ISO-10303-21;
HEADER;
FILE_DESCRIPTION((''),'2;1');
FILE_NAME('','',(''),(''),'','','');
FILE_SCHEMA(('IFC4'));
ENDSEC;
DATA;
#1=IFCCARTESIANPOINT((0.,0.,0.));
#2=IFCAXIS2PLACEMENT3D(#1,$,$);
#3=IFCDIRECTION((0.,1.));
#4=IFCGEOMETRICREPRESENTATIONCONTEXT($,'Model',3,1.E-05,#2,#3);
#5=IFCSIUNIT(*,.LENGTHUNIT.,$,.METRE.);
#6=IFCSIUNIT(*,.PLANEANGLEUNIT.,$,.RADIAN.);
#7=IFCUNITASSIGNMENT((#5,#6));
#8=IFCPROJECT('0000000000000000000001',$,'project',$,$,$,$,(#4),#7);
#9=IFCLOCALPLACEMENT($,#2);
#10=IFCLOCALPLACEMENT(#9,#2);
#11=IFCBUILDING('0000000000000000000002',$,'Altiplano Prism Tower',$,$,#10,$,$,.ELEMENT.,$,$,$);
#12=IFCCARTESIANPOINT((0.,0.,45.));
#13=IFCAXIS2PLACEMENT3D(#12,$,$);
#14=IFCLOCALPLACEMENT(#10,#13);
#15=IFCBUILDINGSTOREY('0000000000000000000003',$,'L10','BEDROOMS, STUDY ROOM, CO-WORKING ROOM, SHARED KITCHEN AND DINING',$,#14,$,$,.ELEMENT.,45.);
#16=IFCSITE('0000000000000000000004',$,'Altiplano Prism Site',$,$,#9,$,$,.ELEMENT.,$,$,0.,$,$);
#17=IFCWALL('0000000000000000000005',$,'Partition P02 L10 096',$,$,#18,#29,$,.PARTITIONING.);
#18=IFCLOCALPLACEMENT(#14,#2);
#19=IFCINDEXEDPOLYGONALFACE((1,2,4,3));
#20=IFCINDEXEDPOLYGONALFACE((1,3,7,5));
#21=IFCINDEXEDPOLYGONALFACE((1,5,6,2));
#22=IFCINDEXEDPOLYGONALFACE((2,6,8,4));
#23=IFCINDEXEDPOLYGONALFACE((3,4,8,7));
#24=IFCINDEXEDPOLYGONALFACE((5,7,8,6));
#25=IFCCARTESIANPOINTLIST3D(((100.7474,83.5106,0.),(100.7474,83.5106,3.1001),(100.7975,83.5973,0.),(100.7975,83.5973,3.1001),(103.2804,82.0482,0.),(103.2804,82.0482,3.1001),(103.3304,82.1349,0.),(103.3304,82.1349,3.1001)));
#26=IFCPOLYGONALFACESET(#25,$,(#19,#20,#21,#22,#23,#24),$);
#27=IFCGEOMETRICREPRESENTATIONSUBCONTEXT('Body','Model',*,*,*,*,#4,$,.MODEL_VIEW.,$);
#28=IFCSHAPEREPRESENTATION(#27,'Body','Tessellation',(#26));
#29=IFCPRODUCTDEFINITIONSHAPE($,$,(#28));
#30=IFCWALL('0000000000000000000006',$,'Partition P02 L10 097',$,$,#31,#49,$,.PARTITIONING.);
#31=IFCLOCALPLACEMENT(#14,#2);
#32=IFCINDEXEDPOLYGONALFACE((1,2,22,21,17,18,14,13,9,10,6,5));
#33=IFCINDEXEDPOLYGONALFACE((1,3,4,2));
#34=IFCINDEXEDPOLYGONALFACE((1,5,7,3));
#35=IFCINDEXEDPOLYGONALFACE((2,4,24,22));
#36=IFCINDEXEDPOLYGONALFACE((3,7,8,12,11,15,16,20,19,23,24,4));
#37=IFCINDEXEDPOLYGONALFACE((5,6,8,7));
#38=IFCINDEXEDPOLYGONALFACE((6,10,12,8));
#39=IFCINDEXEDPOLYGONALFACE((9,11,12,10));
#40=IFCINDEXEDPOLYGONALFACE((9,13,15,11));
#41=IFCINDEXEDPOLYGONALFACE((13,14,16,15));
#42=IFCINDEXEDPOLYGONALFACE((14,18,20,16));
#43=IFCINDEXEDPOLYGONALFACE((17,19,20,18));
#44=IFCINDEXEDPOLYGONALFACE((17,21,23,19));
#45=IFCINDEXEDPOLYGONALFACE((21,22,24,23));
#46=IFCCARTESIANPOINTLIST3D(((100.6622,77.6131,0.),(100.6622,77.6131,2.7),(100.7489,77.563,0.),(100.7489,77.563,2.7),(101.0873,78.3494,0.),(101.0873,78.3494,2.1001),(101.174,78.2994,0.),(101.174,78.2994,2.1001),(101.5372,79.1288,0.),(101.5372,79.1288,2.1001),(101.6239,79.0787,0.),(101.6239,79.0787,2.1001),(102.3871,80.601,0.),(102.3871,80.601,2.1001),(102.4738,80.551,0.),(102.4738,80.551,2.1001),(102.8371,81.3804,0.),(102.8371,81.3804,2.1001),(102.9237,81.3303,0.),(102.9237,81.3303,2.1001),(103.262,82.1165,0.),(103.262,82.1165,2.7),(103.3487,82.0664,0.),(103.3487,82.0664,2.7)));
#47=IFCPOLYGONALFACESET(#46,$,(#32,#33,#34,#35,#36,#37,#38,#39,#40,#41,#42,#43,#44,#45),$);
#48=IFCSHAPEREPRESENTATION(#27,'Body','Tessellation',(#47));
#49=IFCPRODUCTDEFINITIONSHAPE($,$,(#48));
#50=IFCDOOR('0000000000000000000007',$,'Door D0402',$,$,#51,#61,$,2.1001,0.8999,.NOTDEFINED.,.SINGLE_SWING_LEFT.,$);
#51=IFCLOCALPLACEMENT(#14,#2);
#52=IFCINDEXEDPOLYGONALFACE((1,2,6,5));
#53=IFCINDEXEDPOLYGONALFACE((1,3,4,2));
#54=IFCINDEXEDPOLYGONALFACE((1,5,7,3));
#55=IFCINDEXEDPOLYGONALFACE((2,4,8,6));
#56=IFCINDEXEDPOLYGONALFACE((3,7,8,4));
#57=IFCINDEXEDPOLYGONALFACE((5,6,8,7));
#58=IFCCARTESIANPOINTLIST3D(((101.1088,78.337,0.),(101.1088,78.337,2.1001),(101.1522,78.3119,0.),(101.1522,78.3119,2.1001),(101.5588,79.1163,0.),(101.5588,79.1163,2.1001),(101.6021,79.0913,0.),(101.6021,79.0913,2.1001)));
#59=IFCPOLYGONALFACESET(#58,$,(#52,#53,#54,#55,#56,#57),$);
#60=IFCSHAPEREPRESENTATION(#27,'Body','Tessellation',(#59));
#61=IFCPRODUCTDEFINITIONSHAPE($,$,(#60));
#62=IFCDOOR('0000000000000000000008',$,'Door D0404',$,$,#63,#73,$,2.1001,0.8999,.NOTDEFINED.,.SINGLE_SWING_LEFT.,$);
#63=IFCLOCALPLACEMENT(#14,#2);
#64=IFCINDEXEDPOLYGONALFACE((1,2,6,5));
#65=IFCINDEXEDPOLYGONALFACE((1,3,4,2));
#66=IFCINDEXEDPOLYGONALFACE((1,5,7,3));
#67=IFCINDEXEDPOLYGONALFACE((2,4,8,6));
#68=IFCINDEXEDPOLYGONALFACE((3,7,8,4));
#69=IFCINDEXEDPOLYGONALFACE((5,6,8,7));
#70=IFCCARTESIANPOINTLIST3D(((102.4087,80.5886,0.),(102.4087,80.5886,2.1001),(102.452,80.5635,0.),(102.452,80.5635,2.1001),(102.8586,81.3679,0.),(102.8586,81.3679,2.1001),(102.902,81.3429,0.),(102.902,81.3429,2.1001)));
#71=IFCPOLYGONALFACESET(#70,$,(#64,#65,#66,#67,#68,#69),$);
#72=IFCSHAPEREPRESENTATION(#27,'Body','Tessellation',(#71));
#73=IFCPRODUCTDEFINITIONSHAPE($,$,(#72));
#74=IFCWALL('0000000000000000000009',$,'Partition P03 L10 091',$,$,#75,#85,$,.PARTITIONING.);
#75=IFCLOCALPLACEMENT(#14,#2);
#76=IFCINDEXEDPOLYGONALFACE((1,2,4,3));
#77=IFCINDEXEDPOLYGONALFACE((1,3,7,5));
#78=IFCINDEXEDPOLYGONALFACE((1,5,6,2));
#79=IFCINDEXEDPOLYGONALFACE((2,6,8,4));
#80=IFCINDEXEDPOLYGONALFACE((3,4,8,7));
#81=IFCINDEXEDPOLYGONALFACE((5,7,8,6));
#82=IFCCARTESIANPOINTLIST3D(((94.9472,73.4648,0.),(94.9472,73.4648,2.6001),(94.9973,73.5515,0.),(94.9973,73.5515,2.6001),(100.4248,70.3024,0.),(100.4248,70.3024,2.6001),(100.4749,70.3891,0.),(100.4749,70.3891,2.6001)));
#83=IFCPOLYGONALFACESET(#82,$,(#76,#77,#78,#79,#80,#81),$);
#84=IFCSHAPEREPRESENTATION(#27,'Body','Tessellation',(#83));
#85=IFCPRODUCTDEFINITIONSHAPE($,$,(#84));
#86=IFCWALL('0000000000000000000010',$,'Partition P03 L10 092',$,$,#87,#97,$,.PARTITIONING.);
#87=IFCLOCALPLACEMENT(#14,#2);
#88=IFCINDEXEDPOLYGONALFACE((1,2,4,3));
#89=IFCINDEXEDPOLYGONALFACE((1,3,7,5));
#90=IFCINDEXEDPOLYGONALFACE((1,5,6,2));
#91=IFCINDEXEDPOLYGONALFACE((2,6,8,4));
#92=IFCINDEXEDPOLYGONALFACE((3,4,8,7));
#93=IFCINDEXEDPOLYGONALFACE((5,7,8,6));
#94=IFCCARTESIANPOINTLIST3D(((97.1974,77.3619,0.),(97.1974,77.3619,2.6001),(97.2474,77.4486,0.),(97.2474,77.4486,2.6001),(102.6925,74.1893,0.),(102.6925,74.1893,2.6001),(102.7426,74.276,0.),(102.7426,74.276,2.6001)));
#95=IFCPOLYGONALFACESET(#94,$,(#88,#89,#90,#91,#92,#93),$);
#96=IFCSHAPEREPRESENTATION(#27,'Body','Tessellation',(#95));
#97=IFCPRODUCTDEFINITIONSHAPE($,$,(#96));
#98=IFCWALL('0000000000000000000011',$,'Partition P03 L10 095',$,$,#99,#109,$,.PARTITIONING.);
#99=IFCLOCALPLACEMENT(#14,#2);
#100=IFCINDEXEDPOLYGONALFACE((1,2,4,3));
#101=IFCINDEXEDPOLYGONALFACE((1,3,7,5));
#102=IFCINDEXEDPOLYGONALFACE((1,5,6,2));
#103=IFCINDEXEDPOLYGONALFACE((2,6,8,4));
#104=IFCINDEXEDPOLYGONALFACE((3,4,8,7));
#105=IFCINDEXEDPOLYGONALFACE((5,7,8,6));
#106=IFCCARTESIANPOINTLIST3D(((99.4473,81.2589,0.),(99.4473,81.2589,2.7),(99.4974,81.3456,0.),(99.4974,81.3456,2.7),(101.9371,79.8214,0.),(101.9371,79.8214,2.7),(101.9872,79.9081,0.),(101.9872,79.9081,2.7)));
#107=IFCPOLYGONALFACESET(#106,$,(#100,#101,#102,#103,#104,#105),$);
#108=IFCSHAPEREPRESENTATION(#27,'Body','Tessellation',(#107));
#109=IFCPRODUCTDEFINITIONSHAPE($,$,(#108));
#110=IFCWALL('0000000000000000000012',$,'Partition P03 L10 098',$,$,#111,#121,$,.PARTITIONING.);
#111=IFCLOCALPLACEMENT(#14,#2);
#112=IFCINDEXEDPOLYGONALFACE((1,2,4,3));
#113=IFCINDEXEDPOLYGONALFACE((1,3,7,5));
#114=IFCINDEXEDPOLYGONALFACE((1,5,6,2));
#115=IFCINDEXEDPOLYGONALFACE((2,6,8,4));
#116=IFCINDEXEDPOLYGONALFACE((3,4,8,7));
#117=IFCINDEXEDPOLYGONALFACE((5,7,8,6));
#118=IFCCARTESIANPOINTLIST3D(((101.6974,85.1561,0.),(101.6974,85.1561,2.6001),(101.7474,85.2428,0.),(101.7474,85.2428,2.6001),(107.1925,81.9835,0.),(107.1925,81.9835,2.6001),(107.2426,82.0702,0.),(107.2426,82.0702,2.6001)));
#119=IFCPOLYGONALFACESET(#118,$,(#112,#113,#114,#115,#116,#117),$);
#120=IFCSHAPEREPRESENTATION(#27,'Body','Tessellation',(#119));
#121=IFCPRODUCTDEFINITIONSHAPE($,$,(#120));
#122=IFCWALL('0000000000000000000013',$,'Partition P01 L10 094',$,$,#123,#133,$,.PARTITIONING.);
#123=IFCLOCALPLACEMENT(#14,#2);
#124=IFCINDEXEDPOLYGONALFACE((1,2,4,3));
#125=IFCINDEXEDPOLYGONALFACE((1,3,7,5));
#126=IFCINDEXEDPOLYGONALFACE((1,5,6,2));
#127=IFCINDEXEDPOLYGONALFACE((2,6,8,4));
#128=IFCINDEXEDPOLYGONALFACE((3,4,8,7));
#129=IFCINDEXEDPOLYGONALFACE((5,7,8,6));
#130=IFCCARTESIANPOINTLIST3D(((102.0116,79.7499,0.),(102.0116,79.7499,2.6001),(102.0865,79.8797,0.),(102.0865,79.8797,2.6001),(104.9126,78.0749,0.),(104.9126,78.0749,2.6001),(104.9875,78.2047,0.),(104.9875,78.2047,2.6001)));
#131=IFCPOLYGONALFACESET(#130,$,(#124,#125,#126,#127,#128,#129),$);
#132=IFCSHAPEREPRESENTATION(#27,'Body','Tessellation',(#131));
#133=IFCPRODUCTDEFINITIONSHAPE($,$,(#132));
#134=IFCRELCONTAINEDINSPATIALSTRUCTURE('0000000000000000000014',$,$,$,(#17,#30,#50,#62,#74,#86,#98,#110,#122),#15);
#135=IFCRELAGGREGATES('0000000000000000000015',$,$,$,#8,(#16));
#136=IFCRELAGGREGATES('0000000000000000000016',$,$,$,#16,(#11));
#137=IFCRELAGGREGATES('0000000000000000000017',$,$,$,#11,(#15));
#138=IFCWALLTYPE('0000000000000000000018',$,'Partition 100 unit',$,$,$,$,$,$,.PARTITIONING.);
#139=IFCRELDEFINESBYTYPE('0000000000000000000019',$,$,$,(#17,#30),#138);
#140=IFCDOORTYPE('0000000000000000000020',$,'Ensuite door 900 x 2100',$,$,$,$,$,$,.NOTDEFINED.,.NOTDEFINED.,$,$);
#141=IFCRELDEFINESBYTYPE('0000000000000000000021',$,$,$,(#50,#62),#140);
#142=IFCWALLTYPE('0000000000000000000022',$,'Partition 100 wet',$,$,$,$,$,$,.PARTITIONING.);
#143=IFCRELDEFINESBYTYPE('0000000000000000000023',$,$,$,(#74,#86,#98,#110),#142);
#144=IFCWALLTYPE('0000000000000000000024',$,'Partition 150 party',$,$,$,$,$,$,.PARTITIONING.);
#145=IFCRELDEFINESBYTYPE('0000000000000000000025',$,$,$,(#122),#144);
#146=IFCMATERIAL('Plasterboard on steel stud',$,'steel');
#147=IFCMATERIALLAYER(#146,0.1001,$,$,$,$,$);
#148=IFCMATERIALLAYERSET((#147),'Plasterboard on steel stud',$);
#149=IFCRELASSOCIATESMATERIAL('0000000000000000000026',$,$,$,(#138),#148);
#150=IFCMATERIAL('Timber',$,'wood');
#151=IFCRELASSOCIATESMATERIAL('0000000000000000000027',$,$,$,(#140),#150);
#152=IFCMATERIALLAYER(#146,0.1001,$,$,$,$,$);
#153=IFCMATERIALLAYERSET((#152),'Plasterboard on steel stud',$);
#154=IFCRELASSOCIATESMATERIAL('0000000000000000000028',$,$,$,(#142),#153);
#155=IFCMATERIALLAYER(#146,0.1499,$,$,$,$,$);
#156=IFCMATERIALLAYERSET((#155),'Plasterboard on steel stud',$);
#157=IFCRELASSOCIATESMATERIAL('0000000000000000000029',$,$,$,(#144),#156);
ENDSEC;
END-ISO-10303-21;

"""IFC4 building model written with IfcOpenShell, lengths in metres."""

from ifc_helpers import new_model, si_unit, direction, frame, frame_2d, origin, place, context, subcontext, project, spatial, rectangle, extrude, material, layer, layer_set, type_object, element, fill, save


model = new_model("IFC4")

# Units and contexts
model_context = context("Model", 3, precision=1e-05, world=origin(), true_north=direction((0.0, 1.0)))
body_context = subcontext(model_context, "Body", "Model", "MODEL_VIEW")
ifc_project = project(units=[si_unit("LENGTHUNIT", "METRE"), si_unit("PLANEANGLEUNIT", "RADIAN")], contexts=[model_context])

# Site, building, storey
site_placement = place(None, origin())
site = spatial("IfcSite", under=ifc_project, at=site_placement, Name="Altiplano Prism Site", CompositionType="ELEMENT", RefElevation=0.0)
building_placement = place(site_placement, origin())
building = spatial("IfcBuilding", under=site, at=building_placement, Name="Altiplano Prism Tower", CompositionType="ELEMENT")
storey_placement = place(building_placement, frame((0.0, 0.0, 45.0)))
storey = spatial("IfcBuildingStorey", under=building, at=storey_placement, Name="L10", Description="BEDROOMS, STUDY ROOM, CO-WORKING ROOM, SHARED KITCHEN AND DINING", CompositionType="ELEMENT", Elevation=45.0)

# Wall
ifc_material_1 = material(Name="Plasterboard on steel stud", Category="steel")
ifc_layer_1 = layer(ifc_material_1, 0.1001)
ifc_layer_set_1 = layer_set([ifc_layer_1], Name="Plasterboard on steel stud")
wall_type_1 = type_object("IfcWallType", Name="Partition 100 unit", PredefinedType="PARTITIONING", material=ifc_layer_set_1)
wall_1_placement = place(storey_placement, frame((100.7725, 83.554, 0.0), z_axis=(0.0, 0.0, 1.0), x_axis=(0.866026, -0.499999, 0.0)))
element("IfcWall", 1, at=wall_1_placement, inside=storey, type_object=wall_type_1, Name="Partition P02 L10 096", PredefinedType="PARTITIONING", context=body_context, shape_type="SweptSolid", body=[
    extrude(rectangle(XDim=2.9248, YDim=0.1001, at=frame_2d((1.4624, 0.0))), origin(), (0.0, 0.0, 1.0), 3.1001),
])

# Wall, openings, doors
wall_2_placement = place(storey_placement, frame((103.3054, 82.0916, 0.0), z_axis=(0.0, 0.0, 1.0), x_axis=(-0.499972, -0.866042, 0.0)))
wall_2 = element("IfcWall", 2, at=wall_2_placement, inside=storey, type_object=wall_type_1, Name="Partition P02 L10 097", PredefinedType="PARTITIONING", context=body_context, shape_type="SweptSolid", body=[
    extrude(rectangle(XDim=5.2, YDim=0.1001, at=frame_2d((2.6001, 0.0))), origin(), (0.0, 0.0, 1.0), 2.7),
])
opening_1_placement = place(wall_2_placement, frame((3.45, 0.0, 0.0)))
opening_1 = element("IfcOpeningElement", 3, at=opening_1_placement, cuts=wall_2, PredefinedType="OPENING", context=body_context, shape_type="SweptSolid", body=[
    extrude(rectangle(XDim=0.8999, YDim=2.1001, at=frame_2d((0.45, 1.05))), frame((0.0, 0.0605, 0.0), z_axis=(0.0, -1.0, 0.0), x_axis=(1.0, 0.0, 0.0)), (0.0, 0.0, 1.0), 0.1211),
])
opening_2_placement = place(wall_2_placement, frame((0.8501, 0.0, 0.0)))
opening_2 = element("IfcOpeningElement", 4, at=opening_2_placement, cuts=wall_2, PredefinedType="OPENING", context=body_context, shape_type="SweptSolid", body=[
    extrude(rectangle(XDim=0.8999, YDim=2.1001, at=frame_2d((0.45, 1.05))), frame((0.0, 0.0605, 0.0), z_axis=(0.0, -1.0, 0.0), x_axis=(1.0, 0.0, 0.0)), (0.0, 0.0, 1.0), 0.1211),
])
ifc_material_2 = material(Name="Timber", Category="wood")
door_type = type_object("IfcDoorType", Name="Ensuite door 900 x 2100", OperationType="NOTDEFINED", PredefinedType="NOTDEFINED", material=ifc_material_2)
door_1_placement = place(opening_1_placement, origin())
door_1 = element("IfcDoor", 5, at=door_1_placement, inside=storey, type_object=door_type, Name="Door D0402", OperationType="SINGLE_SWING_LEFT", OverallHeight=2.1001, OverallWidth=0.8999, PredefinedType="NOTDEFINED", context=body_context, shape_type="SweptSolid", body=[
    extrude(rectangle(XDim=0.8999, YDim=2.1001, at=frame_2d((0.45, 1.05))), frame((0.0, 0.0249, 0.0), z_axis=(0.0, -1.0, 0.0), x_axis=(1.0, 0.0, 0.0)), (0.0, 0.0, 1.0), 0.05),
])
fill(opening_1, door_1)
door_2_placement = place(opening_2_placement, origin())
door_2 = element("IfcDoor", 6, at=door_2_placement, inside=storey, type_object=door_type, Name="Door D0404", OperationType="SINGLE_SWING_LEFT", OverallHeight=2.1001, OverallWidth=0.8999, PredefinedType="NOTDEFINED", context=body_context, shape_type="SweptSolid", body=[
    extrude(rectangle(XDim=0.8999, YDim=2.1001, at=frame_2d((0.45, 1.05))), frame((0.0, 0.0249, 0.0), z_axis=(0.0, -1.0, 0.0), x_axis=(1.0, 0.0, 0.0)), (0.0, 0.0, 1.0), 0.05),
])
fill(opening_2, door_2)

# Walls
ifc_layer_2 = layer(ifc_material_1, 0.1001)
ifc_layer_set_2 = layer_set([ifc_layer_2], Name="Plasterboard on steel stud")
wall_type_2 = type_object("IfcWallType", Name="Partition 100 wet", PredefinedType="PARTITIONING", material=ifc_layer_set_2)
wall_3_placement = place(storey_placement, frame((100.45, 70.3457, 0.0), z_axis=(0.0, 0.0, 1.0), x_axis=(-0.866033, 0.499988, 0.0)))
element("IfcWall", 7, at=wall_3_placement, inside=storey, type_object=wall_type_2, Name="Partition P03 L10 091", PredefinedType="PARTITIONING", context=body_context, shape_type="SweptSolid", body=[
    extrude(rectangle(XDim=6.325, YDim=0.1001, at=frame_2d((3.1626, 0.0))), origin(), (0.0, 0.0, 1.0), 2.6001),
])
wall_4_placement = place(storey_placement, frame((102.7175, 74.2327, 0.0), z_axis=(0.0, 0.0, 1.0), x_axis=(-0.866025, 0.5, 0.0)))
element("IfcWall", 8, at=wall_4_placement, inside=storey, type_object=wall_type_2, Name="Partition P03 L10 092", PredefinedType="PARTITIONING", context=body_context, shape_type="SweptSolid", body=[
    extrude(rectangle(XDim=6.3452, YDim=0.1001, at=frame_2d((3.1726, 0.0))), origin(), (0.0, 0.0, 1.0), 2.6001),
])
wall_5_placement = place(storey_placement, frame((101.9622, 79.8647, 0.0), z_axis=(0.0, 0.0, 1.0), x_axis=(-0.866019, 0.500012, 0.0)))
element("IfcWall", 9, at=wall_5_placement, inside=storey, type_object=wall_type_2, Name="Partition P03 L10 095", PredefinedType="PARTITIONING", context=body_context, shape_type="SweptSolid", body=[
    extrude(rectangle(XDim=2.875, YDim=0.1001, at=frame_2d((1.4375, 0.0))), origin(), (0.0, 0.0, 1.0), 2.7),
])
wall_6_placement = place(storey_placement, frame((107.2175, 82.0269, 0.0), z_axis=(0.0, 0.0, 1.0), x_axis=(-0.866025, 0.5, 0.0)))
element("IfcWall", 10, at=wall_6_placement, inside=storey, type_object=wall_type_2, Name="Partition P03 L10 098", PredefinedType="PARTITIONING", context=body_context, shape_type="SweptSolid", body=[
    extrude(rectangle(XDim=6.3452, YDim=0.1001, at=frame_2d((3.1726, 0.0))), origin(), (0.0, 0.0, 1.0), 2.6001),
])
ifc_layer_3 = layer(ifc_material_1, 0.1499)
ifc_layer_set_3 = layer_set([ifc_layer_3], Name="Plasterboard on steel stud")
wall_type_3 = type_object("IfcWallType", Name="Partition 150 party", PredefinedType="PARTITIONING", material=ifc_layer_set_3)
wall_7_placement = place(storey_placement, frame((104.95, 78.1399, 0.0), z_axis=(0.0, 0.0, 1.0), x_axis=(-0.866014, 0.500019, 0.0)))
element("IfcWall", 11, at=wall_7_placement, inside=storey, type_object=wall_type_3, Name="Partition P01 L10 094", PredefinedType="PARTITIONING", context=body_context, shape_type="SweptSolid", body=[
    extrude(rectangle(XDim=3.3499, YDim=0.1499, at=frame_2d((1.6748, 0.0))), origin(), (0.0, 0.0, 1.0), 2.6001),
])

save(model, "model.ifc")
